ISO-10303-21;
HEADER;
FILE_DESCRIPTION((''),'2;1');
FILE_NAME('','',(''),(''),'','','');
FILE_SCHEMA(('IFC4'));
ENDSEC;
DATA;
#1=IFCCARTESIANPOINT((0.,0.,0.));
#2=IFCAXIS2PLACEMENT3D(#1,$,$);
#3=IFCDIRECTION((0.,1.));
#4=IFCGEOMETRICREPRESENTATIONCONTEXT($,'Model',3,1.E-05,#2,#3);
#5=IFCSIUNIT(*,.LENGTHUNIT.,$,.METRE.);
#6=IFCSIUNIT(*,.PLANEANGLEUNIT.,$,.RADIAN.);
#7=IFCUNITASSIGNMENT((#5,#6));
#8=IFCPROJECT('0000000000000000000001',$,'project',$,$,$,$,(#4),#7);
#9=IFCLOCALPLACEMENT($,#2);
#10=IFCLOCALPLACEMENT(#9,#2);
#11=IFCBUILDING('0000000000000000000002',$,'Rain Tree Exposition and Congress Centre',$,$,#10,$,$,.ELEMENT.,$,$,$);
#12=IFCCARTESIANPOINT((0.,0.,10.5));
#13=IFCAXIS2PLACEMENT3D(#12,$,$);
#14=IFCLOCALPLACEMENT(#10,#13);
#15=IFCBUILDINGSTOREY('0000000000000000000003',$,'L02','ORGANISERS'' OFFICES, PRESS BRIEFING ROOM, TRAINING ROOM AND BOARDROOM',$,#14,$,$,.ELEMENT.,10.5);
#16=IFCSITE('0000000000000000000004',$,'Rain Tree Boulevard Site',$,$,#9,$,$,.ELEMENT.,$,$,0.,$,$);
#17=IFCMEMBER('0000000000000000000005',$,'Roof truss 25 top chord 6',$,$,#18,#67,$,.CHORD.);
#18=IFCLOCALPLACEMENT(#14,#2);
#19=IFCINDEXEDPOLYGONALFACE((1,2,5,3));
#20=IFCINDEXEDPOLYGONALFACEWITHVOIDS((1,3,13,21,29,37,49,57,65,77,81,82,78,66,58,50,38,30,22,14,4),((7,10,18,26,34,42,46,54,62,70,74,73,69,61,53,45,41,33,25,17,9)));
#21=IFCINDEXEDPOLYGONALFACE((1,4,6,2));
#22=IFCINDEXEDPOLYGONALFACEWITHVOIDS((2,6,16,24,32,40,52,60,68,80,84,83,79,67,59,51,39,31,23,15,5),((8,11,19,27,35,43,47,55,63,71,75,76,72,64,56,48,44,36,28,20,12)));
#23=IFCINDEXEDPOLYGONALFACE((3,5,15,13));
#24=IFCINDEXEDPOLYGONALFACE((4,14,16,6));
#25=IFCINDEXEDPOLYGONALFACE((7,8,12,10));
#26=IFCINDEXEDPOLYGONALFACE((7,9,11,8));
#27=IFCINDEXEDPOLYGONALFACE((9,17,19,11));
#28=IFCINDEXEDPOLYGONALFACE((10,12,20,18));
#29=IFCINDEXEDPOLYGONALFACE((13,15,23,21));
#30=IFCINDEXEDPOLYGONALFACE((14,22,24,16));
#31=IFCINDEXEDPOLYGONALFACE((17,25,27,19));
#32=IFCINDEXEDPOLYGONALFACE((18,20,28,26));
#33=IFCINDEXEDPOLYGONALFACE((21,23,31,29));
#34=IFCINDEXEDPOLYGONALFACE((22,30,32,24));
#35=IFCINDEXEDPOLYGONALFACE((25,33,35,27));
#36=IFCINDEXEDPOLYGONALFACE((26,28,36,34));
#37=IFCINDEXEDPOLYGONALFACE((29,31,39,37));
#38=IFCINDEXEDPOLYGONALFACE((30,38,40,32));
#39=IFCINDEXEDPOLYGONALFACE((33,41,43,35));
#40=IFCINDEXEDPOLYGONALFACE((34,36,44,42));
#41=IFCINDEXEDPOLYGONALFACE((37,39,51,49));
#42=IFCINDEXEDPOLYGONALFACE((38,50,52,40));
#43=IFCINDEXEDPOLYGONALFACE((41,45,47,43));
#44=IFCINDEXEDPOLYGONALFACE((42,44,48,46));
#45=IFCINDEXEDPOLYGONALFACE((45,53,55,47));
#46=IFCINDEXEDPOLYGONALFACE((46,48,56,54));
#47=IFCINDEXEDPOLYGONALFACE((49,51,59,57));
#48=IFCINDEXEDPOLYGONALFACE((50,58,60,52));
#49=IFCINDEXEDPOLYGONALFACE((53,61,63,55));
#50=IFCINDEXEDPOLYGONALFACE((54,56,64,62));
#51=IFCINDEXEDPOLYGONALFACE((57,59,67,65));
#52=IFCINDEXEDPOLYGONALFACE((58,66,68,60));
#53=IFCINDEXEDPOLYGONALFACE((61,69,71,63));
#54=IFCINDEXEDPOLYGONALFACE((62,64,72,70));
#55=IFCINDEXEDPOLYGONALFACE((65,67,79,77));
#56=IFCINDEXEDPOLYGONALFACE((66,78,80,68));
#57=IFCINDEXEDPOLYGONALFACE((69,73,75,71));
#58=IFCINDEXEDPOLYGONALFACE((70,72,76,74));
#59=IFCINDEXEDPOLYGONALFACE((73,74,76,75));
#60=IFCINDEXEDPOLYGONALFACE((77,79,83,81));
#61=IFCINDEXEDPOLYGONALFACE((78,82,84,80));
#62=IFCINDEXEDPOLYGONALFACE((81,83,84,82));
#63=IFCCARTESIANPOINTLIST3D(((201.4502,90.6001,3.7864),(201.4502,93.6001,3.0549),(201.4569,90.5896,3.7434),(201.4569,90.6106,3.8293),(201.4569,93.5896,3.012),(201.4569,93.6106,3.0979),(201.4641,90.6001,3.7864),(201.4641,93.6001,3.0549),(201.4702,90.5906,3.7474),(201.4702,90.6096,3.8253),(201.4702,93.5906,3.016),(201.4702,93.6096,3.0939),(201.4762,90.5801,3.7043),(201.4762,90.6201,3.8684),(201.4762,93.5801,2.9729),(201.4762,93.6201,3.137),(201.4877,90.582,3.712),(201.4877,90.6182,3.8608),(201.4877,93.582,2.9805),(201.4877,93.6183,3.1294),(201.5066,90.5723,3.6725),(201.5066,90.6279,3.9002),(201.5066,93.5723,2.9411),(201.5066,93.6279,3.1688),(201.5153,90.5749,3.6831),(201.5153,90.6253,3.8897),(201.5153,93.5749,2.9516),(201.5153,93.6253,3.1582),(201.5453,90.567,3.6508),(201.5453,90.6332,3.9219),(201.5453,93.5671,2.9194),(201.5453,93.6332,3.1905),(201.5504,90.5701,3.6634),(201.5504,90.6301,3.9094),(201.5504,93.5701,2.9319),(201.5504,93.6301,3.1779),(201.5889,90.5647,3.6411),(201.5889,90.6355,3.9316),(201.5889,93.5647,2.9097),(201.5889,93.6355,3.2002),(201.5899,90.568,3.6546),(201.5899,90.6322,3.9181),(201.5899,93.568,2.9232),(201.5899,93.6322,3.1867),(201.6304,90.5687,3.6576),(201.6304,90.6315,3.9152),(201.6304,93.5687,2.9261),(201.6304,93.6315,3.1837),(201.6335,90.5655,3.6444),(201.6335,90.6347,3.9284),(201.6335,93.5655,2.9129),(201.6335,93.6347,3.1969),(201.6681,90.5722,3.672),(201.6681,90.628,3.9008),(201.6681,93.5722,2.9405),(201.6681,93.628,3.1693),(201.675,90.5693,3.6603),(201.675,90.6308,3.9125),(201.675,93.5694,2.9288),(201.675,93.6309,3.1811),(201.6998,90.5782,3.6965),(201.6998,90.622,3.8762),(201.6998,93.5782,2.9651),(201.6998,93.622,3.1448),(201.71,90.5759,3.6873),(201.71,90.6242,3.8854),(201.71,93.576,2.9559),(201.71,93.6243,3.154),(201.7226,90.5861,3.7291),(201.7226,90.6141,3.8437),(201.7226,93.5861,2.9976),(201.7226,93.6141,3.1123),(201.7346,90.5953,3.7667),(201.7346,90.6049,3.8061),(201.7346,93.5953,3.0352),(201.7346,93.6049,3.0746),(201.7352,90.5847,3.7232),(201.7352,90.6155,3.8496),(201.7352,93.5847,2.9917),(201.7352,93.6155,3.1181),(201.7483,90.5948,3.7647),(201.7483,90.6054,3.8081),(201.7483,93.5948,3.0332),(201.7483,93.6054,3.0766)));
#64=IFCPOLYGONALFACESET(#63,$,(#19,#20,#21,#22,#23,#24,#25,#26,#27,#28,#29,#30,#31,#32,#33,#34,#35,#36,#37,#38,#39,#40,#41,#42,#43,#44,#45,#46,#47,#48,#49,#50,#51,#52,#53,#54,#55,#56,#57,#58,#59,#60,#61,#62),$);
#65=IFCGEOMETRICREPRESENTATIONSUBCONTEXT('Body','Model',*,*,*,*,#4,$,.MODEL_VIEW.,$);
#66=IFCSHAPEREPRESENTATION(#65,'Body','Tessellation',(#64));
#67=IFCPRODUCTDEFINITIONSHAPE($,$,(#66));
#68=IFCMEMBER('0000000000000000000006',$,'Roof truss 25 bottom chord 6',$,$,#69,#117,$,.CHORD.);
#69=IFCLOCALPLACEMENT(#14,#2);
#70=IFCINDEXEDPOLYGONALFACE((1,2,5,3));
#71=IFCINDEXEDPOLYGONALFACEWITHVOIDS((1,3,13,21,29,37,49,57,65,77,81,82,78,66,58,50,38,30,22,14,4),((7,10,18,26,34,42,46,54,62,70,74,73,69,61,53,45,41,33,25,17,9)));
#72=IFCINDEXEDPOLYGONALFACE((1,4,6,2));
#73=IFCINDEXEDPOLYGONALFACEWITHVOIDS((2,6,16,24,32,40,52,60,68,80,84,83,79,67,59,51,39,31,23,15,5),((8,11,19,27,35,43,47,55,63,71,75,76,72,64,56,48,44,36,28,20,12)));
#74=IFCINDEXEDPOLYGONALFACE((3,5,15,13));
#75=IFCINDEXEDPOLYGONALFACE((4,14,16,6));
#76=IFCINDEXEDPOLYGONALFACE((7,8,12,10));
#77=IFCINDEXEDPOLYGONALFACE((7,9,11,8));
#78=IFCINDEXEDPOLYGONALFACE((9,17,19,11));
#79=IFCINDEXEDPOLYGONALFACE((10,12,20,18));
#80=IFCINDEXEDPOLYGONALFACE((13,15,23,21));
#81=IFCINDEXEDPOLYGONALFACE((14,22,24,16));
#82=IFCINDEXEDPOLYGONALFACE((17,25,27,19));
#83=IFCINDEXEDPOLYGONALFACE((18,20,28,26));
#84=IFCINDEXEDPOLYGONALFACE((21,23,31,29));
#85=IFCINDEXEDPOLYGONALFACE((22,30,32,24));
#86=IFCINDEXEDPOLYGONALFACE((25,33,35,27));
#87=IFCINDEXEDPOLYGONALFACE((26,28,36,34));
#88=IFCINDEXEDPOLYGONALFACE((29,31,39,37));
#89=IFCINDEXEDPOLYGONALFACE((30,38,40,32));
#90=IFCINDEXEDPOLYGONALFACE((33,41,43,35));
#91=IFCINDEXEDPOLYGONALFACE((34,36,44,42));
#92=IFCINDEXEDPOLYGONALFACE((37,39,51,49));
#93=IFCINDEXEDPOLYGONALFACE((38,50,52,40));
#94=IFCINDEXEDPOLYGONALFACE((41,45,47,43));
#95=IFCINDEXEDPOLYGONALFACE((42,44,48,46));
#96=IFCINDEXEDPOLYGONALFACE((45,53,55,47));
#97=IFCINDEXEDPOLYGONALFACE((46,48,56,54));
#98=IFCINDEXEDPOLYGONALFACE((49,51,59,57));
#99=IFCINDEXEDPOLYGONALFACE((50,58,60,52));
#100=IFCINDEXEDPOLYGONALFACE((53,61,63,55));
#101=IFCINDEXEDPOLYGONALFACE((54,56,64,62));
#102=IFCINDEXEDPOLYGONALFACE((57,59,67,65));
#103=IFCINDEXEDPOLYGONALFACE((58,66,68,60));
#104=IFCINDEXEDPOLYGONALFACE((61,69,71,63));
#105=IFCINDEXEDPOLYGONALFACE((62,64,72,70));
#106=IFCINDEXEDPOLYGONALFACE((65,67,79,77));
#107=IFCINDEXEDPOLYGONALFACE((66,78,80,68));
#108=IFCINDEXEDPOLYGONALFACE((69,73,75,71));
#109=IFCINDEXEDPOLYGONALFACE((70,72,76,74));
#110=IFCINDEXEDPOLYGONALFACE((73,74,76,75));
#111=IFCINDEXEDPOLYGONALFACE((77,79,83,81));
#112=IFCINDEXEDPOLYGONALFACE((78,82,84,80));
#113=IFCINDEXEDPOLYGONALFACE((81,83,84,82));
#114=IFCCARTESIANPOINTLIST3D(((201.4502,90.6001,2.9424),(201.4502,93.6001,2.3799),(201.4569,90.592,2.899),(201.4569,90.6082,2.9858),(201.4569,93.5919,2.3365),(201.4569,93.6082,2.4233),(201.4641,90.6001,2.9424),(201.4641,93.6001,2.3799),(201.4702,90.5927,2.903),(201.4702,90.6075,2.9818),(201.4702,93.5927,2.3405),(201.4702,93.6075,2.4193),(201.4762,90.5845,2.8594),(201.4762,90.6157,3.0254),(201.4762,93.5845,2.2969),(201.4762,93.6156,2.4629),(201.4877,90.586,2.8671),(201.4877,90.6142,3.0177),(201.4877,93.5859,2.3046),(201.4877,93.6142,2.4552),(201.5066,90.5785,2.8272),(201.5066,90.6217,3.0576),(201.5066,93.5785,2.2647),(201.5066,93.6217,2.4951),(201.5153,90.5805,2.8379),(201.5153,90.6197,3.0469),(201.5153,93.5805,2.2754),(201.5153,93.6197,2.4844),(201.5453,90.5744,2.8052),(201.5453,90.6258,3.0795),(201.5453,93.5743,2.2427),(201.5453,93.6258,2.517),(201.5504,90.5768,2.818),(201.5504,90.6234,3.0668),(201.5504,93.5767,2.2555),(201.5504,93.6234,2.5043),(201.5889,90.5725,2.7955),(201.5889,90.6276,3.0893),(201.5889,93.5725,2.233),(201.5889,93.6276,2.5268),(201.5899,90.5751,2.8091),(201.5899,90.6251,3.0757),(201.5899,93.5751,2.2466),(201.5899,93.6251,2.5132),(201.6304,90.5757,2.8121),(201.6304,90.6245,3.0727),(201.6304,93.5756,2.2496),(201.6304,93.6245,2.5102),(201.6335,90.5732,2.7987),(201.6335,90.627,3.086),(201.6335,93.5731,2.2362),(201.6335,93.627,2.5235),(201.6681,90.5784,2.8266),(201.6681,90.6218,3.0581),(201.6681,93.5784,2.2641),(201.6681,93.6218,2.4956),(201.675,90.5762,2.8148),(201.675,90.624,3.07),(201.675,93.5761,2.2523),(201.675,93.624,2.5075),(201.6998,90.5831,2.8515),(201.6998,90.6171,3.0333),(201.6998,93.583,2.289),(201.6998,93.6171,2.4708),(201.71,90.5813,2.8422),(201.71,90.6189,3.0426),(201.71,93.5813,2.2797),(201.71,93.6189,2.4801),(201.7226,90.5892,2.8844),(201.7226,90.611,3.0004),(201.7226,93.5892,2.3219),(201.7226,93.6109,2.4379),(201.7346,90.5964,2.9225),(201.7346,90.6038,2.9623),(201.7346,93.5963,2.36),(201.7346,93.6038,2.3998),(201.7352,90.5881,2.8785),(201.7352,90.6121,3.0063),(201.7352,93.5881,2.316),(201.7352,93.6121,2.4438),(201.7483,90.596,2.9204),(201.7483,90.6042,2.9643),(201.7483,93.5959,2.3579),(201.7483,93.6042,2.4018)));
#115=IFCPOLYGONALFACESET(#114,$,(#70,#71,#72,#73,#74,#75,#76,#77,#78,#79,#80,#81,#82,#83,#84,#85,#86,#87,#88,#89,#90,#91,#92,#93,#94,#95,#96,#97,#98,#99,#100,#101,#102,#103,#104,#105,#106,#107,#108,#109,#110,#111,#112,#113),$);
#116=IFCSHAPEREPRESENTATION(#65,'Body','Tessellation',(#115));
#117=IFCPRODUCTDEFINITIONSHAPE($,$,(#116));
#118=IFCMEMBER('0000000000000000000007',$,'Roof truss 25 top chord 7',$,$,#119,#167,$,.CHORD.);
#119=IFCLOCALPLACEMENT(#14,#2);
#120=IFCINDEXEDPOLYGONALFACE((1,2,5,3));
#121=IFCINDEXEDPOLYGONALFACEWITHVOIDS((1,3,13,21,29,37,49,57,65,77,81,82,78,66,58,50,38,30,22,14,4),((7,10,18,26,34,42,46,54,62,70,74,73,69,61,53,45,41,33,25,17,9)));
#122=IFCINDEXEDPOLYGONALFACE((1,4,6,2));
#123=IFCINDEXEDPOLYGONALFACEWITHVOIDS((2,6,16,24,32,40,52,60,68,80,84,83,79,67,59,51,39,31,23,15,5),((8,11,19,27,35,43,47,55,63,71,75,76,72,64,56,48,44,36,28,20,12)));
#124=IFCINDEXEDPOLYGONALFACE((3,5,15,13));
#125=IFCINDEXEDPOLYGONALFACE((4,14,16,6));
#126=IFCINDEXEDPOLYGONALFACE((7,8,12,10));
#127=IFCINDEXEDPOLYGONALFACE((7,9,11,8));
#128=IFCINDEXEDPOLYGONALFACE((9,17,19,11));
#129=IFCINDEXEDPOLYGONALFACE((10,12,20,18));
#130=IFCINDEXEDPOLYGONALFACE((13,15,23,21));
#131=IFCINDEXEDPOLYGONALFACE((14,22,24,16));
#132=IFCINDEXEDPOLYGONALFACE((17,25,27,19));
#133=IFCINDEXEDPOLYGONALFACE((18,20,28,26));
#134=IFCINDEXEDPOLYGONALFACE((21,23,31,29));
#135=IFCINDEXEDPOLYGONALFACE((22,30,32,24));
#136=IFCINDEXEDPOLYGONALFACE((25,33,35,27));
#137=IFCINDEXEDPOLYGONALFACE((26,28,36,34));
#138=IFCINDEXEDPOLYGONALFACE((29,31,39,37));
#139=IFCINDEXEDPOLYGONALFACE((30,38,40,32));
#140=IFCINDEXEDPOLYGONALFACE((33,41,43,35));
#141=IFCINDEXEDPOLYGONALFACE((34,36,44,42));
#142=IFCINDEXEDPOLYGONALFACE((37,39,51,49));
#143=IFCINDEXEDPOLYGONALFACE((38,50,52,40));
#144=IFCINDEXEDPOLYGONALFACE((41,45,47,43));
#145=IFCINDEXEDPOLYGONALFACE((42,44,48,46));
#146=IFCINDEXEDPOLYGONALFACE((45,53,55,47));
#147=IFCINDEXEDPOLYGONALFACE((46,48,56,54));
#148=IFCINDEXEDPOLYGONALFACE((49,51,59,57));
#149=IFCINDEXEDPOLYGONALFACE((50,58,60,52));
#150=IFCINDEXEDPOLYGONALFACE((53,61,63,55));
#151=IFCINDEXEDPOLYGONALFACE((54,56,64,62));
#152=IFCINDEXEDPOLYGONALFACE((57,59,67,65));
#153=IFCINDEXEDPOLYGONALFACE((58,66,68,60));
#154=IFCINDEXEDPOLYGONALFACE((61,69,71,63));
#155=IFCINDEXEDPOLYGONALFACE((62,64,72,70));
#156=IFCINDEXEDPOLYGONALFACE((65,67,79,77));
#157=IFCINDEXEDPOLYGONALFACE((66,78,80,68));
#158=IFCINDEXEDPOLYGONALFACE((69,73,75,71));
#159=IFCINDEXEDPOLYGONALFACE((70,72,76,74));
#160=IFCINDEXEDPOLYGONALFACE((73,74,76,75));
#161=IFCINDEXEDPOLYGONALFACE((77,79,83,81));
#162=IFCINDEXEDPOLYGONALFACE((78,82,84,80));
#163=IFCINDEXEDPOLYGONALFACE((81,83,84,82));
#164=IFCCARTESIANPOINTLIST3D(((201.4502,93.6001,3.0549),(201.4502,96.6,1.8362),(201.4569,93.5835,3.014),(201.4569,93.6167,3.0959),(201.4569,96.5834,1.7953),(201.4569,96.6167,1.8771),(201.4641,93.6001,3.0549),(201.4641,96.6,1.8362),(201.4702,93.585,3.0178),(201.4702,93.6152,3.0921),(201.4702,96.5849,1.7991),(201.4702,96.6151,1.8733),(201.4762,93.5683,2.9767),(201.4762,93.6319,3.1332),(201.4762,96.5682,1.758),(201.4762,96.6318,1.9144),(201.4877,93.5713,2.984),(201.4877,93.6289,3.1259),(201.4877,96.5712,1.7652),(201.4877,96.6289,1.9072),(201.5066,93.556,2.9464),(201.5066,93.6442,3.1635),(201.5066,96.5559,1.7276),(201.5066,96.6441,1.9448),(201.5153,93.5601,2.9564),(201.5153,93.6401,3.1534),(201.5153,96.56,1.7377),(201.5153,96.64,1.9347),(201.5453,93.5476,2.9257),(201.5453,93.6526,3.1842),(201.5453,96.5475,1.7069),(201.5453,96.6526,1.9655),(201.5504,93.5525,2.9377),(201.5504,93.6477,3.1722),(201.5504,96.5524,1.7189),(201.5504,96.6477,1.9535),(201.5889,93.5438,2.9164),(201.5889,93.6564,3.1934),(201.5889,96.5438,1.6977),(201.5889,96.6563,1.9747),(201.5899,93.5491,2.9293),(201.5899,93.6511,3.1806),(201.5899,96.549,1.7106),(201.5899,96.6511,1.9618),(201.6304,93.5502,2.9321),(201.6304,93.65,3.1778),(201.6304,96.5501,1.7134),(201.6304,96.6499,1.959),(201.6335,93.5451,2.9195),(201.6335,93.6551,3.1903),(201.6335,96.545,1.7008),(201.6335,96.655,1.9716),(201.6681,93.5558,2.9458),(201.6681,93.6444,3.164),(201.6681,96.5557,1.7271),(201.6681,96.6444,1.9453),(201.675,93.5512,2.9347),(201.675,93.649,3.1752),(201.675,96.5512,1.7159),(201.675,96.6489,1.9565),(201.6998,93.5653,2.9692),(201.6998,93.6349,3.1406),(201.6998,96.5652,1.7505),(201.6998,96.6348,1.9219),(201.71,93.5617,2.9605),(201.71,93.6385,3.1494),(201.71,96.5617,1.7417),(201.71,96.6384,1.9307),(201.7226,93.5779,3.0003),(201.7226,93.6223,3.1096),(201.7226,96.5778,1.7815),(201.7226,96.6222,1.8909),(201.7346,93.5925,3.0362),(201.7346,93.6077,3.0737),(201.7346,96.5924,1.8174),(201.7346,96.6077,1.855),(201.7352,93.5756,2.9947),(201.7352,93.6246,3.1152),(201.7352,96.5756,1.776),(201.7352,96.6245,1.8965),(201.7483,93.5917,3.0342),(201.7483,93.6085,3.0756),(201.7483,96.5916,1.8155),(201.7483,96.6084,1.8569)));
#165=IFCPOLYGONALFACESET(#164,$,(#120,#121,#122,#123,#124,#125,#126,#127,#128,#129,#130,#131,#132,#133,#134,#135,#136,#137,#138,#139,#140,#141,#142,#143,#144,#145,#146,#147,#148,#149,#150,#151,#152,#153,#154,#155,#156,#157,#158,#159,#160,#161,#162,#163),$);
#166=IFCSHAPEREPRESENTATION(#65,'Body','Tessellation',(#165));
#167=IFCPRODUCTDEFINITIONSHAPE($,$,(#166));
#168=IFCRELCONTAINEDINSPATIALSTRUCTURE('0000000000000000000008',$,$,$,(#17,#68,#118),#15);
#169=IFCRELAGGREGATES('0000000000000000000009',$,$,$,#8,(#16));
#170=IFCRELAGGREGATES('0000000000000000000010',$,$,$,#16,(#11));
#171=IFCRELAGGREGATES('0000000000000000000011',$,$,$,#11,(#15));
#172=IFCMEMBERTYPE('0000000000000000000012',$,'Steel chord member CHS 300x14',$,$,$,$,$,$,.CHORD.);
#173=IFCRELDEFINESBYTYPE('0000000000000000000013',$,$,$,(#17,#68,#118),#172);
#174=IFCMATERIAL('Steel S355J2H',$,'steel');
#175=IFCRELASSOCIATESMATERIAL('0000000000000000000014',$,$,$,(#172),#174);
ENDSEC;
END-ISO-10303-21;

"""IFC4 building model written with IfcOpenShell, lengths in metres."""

from ifc_helpers import new_model, si_unit, direction, frame, origin, origin_2d, place, context, subcontext, project, spatial, hollow_circle, extrude, material, material_profile, profile_set, type_object, element, save


model = new_model("IFC4")

# Units and contexts
model_context = context("Model", 3, precision=1e-05, world=origin(), true_north=direction((0.0, 1.0)))
body_context = subcontext(model_context, "Body", "Model", "MODEL_VIEW")
ifc_project = project(units=[si_unit("LENGTHUNIT", "METRE"), si_unit("PLANEANGLEUNIT", "RADIAN")], contexts=[model_context])

# Site, building, storey
site_placement = place(None, origin())
site = spatial("IfcSite", under=ifc_project, at=site_placement, Name="Rain Tree Boulevard Site", CompositionType="ELEMENT", RefElevation=0.0)
building_placement = place(site_placement, origin())
building = spatial("IfcBuilding", under=site, at=building_placement, Name="Rain Tree Exposition and Congress Centre", CompositionType="ELEMENT")
storey_placement = place(building_placement, frame((0.0, 0.0, 10.5)))
storey = spatial("IfcBuildingStorey", under=building, at=storey_placement, Name="L02", Description="ORGANISERS' OFFICES, PRESS BRIEFING ROOM, TRAINING ROOM AND BOARDROOM", CompositionType="ELEMENT", Elevation=10.5)

# Members
ifc_material_1 = material(Name="Steel S355J2H", Category="steel")
ifc_material_profile_1 = material_profile(ifc_material_1, hollow_circle(Radius=0.1499, WallThickness=0.0139, at=origin_2d()), Name="CHS 300x14")
ifc_profile_set_1 = profile_set([ifc_material_profile_1], Name="Steel S355J2H")
member_type_1 = type_object("IfcMemberType", Name="Steel chord member CHS 300x14", PredefinedType="CHORD", material=ifc_profile_set_1)
member_1_placement = place(storey_placement, frame((201.6001, 90.6001, 3.7864), z_axis=(0.0, 0.97154, -0.236876), x_axis=(-1.0, 0.0, 0.0)))
element("IfcMember", 1, at=member_1_placement, inside=storey, type_object=member_type_1, Name="Roof truss 25 top chord 6", PredefinedType="CHORD", context=body_context, shape_type="SweptSolid", body=[
    extrude(hollow_circle(Radius=0.1499, WallThickness=0.0139, at=origin_2d()), origin(), (0.0, 0.0, 1.0), 3.0879),
])
member_2_placement = place(storey_placement, frame((201.6001, 90.6001, 2.9424), z_axis=(0.0, 0.982872, -0.184289), x_axis=(-1.0, 0.0, 0.0)))
element("IfcMember", 2, at=member_2_placement, inside=storey, type_object=member_type_1, Name="Roof truss 25 bottom chord 6", PredefinedType="CHORD", context=body_context, shape_type="SweptSolid", body=[
    extrude(hollow_circle(Radius=0.1499, WallThickness=0.0139, at=origin_2d()), origin(), (0.0, 0.0, 1.0), 3.0522),
])
member_3_placement = place(storey_placement, frame((201.6001, 93.6001, 3.0549), z_axis=(0.0, 0.926467, -0.376377), x_axis=(-1.0, 0.0, 0.0)))
element("IfcMember", 3, at=member_3_placement, inside=storey, type_object=member_type_1, Name="Roof truss 25 top chord 7", PredefinedType="CHORD", context=body_context, shape_type="SweptSolid", body=[
    extrude(hollow_circle(Radius=0.1499, WallThickness=0.0139, at=origin_2d()), origin(), (0.0, 0.0, 1.0), 3.238),
])

save(model, "model.ifc")
